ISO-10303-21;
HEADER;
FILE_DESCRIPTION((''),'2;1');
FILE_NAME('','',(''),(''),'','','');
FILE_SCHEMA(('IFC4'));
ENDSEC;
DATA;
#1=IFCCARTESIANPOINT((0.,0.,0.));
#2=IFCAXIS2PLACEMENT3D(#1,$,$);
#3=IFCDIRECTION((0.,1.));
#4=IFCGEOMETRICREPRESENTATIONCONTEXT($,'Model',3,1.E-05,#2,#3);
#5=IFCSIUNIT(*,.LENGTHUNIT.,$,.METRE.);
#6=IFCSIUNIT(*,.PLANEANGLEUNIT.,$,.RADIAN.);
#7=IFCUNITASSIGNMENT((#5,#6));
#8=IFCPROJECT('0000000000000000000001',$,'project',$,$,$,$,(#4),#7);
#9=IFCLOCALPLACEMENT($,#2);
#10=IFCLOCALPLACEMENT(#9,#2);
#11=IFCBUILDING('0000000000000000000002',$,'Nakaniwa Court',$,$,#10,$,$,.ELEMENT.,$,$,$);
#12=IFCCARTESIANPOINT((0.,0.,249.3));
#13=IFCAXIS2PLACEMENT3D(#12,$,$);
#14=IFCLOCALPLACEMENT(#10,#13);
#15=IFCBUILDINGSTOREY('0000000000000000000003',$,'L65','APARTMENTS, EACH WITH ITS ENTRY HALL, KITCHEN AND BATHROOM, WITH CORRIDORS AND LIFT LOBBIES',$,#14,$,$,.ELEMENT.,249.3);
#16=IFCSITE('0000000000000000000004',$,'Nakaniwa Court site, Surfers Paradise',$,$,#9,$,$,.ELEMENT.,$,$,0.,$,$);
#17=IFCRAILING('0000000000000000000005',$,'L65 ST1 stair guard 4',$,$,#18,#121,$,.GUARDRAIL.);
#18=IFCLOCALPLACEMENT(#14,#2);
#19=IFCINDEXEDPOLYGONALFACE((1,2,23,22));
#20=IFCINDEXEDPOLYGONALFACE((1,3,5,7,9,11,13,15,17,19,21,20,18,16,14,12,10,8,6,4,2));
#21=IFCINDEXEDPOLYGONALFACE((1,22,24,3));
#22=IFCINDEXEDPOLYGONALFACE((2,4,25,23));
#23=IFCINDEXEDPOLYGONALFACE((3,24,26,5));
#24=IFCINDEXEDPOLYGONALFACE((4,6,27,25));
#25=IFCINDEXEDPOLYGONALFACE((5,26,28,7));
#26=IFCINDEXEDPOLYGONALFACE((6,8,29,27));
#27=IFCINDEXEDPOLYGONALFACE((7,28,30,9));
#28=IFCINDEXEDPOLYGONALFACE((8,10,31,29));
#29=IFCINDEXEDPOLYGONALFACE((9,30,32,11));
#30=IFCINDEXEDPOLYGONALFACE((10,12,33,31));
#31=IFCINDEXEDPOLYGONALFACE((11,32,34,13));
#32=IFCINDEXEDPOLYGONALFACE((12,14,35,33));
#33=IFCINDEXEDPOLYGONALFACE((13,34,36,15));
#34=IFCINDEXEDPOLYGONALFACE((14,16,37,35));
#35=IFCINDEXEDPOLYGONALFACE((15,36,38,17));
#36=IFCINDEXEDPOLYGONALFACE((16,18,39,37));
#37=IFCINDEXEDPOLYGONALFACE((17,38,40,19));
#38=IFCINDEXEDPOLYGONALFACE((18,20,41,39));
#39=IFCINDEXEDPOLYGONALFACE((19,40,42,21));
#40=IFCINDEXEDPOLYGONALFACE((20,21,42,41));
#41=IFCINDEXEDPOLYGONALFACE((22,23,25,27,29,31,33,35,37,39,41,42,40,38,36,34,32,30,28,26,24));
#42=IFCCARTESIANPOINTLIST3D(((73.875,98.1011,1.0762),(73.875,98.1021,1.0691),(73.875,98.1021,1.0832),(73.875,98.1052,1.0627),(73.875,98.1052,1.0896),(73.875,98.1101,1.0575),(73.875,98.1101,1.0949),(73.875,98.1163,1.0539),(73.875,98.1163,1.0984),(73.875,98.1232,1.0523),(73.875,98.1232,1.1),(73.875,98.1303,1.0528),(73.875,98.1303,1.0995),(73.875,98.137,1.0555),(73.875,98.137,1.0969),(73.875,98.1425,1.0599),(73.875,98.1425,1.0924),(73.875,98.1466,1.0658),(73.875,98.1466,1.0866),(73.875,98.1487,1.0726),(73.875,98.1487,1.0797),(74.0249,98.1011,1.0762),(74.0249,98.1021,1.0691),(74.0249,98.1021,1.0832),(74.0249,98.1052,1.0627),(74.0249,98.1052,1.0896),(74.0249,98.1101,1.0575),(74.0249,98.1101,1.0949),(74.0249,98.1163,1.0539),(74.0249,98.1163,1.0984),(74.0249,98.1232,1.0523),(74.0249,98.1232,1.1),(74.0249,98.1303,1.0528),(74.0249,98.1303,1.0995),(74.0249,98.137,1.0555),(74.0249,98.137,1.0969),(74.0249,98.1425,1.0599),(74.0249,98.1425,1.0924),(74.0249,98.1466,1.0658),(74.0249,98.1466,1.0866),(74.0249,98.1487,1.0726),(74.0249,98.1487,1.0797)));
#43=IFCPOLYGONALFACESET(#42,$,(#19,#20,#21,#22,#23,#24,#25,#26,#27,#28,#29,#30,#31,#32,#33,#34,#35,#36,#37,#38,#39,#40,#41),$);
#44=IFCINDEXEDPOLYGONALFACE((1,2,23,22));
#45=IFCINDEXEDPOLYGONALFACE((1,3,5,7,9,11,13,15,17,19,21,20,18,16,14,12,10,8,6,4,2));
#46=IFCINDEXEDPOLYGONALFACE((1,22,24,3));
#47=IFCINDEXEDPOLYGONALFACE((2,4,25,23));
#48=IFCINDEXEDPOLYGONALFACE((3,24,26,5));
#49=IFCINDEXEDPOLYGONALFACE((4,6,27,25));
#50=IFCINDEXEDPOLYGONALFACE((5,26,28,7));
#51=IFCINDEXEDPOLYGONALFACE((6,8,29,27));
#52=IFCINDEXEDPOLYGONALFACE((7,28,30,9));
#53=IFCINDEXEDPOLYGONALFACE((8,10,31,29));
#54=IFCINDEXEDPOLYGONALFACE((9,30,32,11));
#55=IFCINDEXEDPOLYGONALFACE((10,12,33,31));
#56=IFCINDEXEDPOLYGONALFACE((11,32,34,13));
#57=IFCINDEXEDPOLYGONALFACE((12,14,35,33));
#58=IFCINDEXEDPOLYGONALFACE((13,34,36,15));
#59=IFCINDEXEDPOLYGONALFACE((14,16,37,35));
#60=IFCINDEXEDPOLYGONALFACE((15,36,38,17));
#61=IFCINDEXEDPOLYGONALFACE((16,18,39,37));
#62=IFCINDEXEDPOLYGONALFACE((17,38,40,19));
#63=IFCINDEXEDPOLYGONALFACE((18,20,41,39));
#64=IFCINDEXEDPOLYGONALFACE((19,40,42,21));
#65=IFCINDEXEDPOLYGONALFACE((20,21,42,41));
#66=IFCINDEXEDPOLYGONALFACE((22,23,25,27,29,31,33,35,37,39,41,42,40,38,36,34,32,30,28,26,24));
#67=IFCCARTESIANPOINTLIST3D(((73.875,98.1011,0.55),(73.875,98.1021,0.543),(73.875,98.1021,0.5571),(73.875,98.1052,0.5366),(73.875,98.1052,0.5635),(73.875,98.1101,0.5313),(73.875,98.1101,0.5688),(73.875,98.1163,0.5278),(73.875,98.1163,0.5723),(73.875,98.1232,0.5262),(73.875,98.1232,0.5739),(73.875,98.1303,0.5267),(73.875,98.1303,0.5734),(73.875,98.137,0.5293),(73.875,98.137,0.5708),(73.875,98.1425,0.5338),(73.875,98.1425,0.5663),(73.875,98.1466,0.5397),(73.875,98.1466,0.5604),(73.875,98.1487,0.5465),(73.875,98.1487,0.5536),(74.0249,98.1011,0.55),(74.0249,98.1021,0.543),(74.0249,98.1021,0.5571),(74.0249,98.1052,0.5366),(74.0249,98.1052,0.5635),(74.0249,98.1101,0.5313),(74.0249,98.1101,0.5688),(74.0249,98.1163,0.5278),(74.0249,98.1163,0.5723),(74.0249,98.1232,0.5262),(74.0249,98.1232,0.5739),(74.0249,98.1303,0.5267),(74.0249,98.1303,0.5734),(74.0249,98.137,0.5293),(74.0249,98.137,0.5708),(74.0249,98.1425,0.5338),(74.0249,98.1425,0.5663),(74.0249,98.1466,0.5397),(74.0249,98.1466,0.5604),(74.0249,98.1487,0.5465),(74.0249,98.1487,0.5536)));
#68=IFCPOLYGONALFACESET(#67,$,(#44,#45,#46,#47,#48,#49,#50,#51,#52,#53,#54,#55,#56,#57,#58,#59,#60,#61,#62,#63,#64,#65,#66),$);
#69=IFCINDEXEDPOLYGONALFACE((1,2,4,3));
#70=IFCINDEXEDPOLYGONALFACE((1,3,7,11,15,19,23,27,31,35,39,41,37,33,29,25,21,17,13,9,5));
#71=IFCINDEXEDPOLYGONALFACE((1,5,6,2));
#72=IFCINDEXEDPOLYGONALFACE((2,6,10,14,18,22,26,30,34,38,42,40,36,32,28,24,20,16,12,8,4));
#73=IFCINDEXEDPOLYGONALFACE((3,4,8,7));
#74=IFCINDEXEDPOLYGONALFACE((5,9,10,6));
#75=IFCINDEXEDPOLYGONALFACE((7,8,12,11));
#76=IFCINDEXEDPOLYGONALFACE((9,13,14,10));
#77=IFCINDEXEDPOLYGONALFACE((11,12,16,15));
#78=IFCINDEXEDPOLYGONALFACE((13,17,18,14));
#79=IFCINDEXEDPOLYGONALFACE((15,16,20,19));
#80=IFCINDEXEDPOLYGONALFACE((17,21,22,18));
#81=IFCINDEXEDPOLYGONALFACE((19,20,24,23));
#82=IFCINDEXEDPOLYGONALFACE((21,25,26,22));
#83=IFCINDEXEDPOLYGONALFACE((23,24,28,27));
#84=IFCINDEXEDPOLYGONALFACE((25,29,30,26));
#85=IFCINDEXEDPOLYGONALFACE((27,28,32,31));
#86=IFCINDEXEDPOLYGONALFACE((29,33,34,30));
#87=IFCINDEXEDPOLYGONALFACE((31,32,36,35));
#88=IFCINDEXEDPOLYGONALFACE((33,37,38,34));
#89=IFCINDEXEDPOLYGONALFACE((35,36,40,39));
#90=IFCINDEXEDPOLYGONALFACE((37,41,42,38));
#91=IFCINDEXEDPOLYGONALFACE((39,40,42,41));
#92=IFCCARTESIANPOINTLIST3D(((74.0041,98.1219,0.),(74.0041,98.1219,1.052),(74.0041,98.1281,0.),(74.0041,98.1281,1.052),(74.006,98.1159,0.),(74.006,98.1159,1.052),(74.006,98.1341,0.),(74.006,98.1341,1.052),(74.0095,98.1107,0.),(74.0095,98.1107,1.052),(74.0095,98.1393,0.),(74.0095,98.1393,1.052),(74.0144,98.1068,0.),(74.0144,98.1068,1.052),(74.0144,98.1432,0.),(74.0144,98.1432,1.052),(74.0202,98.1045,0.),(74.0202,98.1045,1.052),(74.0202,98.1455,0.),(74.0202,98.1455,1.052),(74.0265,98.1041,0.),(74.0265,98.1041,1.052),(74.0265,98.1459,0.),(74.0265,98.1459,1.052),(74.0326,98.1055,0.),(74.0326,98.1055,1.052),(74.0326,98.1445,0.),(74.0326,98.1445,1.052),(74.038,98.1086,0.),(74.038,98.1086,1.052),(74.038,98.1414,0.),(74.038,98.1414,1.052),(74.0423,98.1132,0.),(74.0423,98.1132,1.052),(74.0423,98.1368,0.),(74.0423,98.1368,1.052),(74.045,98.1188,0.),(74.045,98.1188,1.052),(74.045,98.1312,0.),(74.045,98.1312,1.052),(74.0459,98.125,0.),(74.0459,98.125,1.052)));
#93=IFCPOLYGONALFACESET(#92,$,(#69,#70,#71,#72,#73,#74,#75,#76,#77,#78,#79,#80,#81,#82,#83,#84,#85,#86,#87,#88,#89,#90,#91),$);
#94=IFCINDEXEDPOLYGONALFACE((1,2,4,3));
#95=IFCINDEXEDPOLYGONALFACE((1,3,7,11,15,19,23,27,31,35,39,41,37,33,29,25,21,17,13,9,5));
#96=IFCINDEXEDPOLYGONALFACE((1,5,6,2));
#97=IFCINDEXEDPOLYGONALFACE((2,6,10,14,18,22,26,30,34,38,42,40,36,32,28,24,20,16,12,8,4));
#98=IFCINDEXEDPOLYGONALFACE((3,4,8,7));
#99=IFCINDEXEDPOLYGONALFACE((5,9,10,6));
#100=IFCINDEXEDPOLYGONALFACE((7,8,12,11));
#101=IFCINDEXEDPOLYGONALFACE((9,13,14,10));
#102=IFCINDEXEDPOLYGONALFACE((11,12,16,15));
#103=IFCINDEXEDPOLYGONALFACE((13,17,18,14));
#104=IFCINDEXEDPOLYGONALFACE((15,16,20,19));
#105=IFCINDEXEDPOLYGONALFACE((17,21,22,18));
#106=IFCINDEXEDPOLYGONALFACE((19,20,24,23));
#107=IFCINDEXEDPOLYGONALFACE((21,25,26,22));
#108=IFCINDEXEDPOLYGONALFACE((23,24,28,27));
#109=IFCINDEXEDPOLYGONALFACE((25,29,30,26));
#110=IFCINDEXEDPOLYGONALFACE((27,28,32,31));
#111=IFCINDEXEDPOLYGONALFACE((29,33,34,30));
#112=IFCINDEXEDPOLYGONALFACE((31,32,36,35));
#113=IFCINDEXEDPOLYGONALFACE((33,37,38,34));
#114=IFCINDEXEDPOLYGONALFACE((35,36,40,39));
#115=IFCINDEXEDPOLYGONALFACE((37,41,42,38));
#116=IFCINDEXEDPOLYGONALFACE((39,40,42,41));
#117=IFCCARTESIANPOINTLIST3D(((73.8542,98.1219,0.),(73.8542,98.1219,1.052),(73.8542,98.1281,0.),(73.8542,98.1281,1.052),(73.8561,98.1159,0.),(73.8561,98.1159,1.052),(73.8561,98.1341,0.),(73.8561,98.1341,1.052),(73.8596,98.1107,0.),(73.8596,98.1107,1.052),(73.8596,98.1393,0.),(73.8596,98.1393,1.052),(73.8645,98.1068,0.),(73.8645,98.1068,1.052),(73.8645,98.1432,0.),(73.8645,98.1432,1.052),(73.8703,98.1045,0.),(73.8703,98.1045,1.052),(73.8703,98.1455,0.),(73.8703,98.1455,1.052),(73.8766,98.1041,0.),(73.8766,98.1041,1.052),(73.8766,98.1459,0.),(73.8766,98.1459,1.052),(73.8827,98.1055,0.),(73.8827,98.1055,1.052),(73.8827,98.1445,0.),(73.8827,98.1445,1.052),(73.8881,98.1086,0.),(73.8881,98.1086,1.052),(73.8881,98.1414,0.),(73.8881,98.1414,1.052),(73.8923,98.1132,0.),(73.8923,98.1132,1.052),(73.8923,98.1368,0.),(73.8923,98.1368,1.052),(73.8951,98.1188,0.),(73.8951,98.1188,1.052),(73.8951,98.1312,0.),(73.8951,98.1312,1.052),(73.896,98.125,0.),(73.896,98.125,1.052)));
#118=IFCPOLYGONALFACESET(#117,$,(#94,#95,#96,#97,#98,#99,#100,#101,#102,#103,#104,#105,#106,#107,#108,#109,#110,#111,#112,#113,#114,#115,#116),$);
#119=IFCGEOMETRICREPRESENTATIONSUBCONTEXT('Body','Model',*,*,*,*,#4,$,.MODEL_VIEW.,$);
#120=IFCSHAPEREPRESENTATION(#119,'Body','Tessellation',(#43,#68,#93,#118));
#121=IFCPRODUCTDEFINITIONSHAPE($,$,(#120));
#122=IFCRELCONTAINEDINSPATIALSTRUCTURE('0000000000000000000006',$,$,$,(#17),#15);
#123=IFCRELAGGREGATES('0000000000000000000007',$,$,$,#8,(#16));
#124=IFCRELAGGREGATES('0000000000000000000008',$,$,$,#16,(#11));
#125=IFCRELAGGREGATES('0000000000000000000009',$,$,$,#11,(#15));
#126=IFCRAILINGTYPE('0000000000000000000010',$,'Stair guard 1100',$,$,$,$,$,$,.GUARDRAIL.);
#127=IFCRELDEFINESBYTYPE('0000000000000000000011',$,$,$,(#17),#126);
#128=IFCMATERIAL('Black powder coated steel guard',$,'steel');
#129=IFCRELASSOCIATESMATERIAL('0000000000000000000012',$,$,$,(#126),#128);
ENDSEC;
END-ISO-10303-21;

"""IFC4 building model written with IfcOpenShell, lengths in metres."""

from ifc_helpers import new_model, si_unit, direction, frame, origin, origin_2d, place, context, subcontext, project, spatial, circle, extrude, material, type_object, element, save


model = new_model("IFC4")

# Units and contexts
model_context = context("Model", 3, precision=1e-05, world=origin(), true_north=direction((0.0, 1.0)))
body_context = subcontext(model_context, "Body", "Model", "MODEL_VIEW")
ifc_project = project(units=[si_unit("LENGTHUNIT", "METRE"), si_unit("PLANEANGLEUNIT", "RADIAN")], contexts=[model_context])

# Site, building, storey
site_placement = place(None, origin())
site = spatial("IfcSite", under=ifc_project, at=site_placement, Name="Nakaniwa Court site, Surfers Paradise", CompositionType="ELEMENT", RefElevation=0.0)
building_placement = place(site_placement, origin())
building = spatial("IfcBuilding", under=site, at=building_placement, Name="Nakaniwa Court", CompositionType="ELEMENT")
storey_placement = place(building_placement, frame((0.0, 0.0, 249.3)))
storey = spatial("IfcBuildingStorey", under=building, at=storey_placement, Name="L65", Description="APARTMENTS, EACH WITH ITS ENTRY HALL, KITCHEN AND BATHROOM, WITH CORRIDORS AND LIFT LOBBIES", CompositionType="ELEMENT", Elevation=249.3)

# Railing
ifc_material_1 = material(Name="Black powder coated steel guard", Category="steel")
railing_type_1 = type_object("IfcRailingType", Name="Stair guard 1100", PredefinedType="GUARDRAIL", material=ifc_material_1)
railing_1_placement = place(storey_placement, frame((74.0249, 98.125, 0.0)))
element("IfcRailing", 1, at=railing_1_placement, inside=storey, type_object=railing_type_1, Name="L65 ST1 stair guard 4", PredefinedType="GUARDRAIL", context=body_context, shape_type="SweptSolid", body=[
    extrude(circle(Radius=0.0239, at=origin_2d()), frame((0.0, 0.0, 1.0762), z_axis=(-1.0, 0.0, 0.0), x_axis=(0.0, -1.0, 0.0)), (0.0, 0.0, 1.0), 0.1499),
    extrude(circle(Radius=0.0239, at=origin_2d()), frame((0.0, 0.0, 0.55), z_axis=(-1.0, 0.0, 0.0), x_axis=(0.0, -1.0, 0.0)), (0.0, 0.0, 1.0), 0.1499),
    extrude(circle(Radius=0.021, at=origin_2d()), origin(), (0.0, 0.0, 1.0), 1.052),
    extrude(circle(Radius=0.021, at=origin_2d()), frame((-0.1499, 0.0, 0.0)), (0.0, 0.0, 1.0), 1.052),
])

save(model, "model.ifc")
